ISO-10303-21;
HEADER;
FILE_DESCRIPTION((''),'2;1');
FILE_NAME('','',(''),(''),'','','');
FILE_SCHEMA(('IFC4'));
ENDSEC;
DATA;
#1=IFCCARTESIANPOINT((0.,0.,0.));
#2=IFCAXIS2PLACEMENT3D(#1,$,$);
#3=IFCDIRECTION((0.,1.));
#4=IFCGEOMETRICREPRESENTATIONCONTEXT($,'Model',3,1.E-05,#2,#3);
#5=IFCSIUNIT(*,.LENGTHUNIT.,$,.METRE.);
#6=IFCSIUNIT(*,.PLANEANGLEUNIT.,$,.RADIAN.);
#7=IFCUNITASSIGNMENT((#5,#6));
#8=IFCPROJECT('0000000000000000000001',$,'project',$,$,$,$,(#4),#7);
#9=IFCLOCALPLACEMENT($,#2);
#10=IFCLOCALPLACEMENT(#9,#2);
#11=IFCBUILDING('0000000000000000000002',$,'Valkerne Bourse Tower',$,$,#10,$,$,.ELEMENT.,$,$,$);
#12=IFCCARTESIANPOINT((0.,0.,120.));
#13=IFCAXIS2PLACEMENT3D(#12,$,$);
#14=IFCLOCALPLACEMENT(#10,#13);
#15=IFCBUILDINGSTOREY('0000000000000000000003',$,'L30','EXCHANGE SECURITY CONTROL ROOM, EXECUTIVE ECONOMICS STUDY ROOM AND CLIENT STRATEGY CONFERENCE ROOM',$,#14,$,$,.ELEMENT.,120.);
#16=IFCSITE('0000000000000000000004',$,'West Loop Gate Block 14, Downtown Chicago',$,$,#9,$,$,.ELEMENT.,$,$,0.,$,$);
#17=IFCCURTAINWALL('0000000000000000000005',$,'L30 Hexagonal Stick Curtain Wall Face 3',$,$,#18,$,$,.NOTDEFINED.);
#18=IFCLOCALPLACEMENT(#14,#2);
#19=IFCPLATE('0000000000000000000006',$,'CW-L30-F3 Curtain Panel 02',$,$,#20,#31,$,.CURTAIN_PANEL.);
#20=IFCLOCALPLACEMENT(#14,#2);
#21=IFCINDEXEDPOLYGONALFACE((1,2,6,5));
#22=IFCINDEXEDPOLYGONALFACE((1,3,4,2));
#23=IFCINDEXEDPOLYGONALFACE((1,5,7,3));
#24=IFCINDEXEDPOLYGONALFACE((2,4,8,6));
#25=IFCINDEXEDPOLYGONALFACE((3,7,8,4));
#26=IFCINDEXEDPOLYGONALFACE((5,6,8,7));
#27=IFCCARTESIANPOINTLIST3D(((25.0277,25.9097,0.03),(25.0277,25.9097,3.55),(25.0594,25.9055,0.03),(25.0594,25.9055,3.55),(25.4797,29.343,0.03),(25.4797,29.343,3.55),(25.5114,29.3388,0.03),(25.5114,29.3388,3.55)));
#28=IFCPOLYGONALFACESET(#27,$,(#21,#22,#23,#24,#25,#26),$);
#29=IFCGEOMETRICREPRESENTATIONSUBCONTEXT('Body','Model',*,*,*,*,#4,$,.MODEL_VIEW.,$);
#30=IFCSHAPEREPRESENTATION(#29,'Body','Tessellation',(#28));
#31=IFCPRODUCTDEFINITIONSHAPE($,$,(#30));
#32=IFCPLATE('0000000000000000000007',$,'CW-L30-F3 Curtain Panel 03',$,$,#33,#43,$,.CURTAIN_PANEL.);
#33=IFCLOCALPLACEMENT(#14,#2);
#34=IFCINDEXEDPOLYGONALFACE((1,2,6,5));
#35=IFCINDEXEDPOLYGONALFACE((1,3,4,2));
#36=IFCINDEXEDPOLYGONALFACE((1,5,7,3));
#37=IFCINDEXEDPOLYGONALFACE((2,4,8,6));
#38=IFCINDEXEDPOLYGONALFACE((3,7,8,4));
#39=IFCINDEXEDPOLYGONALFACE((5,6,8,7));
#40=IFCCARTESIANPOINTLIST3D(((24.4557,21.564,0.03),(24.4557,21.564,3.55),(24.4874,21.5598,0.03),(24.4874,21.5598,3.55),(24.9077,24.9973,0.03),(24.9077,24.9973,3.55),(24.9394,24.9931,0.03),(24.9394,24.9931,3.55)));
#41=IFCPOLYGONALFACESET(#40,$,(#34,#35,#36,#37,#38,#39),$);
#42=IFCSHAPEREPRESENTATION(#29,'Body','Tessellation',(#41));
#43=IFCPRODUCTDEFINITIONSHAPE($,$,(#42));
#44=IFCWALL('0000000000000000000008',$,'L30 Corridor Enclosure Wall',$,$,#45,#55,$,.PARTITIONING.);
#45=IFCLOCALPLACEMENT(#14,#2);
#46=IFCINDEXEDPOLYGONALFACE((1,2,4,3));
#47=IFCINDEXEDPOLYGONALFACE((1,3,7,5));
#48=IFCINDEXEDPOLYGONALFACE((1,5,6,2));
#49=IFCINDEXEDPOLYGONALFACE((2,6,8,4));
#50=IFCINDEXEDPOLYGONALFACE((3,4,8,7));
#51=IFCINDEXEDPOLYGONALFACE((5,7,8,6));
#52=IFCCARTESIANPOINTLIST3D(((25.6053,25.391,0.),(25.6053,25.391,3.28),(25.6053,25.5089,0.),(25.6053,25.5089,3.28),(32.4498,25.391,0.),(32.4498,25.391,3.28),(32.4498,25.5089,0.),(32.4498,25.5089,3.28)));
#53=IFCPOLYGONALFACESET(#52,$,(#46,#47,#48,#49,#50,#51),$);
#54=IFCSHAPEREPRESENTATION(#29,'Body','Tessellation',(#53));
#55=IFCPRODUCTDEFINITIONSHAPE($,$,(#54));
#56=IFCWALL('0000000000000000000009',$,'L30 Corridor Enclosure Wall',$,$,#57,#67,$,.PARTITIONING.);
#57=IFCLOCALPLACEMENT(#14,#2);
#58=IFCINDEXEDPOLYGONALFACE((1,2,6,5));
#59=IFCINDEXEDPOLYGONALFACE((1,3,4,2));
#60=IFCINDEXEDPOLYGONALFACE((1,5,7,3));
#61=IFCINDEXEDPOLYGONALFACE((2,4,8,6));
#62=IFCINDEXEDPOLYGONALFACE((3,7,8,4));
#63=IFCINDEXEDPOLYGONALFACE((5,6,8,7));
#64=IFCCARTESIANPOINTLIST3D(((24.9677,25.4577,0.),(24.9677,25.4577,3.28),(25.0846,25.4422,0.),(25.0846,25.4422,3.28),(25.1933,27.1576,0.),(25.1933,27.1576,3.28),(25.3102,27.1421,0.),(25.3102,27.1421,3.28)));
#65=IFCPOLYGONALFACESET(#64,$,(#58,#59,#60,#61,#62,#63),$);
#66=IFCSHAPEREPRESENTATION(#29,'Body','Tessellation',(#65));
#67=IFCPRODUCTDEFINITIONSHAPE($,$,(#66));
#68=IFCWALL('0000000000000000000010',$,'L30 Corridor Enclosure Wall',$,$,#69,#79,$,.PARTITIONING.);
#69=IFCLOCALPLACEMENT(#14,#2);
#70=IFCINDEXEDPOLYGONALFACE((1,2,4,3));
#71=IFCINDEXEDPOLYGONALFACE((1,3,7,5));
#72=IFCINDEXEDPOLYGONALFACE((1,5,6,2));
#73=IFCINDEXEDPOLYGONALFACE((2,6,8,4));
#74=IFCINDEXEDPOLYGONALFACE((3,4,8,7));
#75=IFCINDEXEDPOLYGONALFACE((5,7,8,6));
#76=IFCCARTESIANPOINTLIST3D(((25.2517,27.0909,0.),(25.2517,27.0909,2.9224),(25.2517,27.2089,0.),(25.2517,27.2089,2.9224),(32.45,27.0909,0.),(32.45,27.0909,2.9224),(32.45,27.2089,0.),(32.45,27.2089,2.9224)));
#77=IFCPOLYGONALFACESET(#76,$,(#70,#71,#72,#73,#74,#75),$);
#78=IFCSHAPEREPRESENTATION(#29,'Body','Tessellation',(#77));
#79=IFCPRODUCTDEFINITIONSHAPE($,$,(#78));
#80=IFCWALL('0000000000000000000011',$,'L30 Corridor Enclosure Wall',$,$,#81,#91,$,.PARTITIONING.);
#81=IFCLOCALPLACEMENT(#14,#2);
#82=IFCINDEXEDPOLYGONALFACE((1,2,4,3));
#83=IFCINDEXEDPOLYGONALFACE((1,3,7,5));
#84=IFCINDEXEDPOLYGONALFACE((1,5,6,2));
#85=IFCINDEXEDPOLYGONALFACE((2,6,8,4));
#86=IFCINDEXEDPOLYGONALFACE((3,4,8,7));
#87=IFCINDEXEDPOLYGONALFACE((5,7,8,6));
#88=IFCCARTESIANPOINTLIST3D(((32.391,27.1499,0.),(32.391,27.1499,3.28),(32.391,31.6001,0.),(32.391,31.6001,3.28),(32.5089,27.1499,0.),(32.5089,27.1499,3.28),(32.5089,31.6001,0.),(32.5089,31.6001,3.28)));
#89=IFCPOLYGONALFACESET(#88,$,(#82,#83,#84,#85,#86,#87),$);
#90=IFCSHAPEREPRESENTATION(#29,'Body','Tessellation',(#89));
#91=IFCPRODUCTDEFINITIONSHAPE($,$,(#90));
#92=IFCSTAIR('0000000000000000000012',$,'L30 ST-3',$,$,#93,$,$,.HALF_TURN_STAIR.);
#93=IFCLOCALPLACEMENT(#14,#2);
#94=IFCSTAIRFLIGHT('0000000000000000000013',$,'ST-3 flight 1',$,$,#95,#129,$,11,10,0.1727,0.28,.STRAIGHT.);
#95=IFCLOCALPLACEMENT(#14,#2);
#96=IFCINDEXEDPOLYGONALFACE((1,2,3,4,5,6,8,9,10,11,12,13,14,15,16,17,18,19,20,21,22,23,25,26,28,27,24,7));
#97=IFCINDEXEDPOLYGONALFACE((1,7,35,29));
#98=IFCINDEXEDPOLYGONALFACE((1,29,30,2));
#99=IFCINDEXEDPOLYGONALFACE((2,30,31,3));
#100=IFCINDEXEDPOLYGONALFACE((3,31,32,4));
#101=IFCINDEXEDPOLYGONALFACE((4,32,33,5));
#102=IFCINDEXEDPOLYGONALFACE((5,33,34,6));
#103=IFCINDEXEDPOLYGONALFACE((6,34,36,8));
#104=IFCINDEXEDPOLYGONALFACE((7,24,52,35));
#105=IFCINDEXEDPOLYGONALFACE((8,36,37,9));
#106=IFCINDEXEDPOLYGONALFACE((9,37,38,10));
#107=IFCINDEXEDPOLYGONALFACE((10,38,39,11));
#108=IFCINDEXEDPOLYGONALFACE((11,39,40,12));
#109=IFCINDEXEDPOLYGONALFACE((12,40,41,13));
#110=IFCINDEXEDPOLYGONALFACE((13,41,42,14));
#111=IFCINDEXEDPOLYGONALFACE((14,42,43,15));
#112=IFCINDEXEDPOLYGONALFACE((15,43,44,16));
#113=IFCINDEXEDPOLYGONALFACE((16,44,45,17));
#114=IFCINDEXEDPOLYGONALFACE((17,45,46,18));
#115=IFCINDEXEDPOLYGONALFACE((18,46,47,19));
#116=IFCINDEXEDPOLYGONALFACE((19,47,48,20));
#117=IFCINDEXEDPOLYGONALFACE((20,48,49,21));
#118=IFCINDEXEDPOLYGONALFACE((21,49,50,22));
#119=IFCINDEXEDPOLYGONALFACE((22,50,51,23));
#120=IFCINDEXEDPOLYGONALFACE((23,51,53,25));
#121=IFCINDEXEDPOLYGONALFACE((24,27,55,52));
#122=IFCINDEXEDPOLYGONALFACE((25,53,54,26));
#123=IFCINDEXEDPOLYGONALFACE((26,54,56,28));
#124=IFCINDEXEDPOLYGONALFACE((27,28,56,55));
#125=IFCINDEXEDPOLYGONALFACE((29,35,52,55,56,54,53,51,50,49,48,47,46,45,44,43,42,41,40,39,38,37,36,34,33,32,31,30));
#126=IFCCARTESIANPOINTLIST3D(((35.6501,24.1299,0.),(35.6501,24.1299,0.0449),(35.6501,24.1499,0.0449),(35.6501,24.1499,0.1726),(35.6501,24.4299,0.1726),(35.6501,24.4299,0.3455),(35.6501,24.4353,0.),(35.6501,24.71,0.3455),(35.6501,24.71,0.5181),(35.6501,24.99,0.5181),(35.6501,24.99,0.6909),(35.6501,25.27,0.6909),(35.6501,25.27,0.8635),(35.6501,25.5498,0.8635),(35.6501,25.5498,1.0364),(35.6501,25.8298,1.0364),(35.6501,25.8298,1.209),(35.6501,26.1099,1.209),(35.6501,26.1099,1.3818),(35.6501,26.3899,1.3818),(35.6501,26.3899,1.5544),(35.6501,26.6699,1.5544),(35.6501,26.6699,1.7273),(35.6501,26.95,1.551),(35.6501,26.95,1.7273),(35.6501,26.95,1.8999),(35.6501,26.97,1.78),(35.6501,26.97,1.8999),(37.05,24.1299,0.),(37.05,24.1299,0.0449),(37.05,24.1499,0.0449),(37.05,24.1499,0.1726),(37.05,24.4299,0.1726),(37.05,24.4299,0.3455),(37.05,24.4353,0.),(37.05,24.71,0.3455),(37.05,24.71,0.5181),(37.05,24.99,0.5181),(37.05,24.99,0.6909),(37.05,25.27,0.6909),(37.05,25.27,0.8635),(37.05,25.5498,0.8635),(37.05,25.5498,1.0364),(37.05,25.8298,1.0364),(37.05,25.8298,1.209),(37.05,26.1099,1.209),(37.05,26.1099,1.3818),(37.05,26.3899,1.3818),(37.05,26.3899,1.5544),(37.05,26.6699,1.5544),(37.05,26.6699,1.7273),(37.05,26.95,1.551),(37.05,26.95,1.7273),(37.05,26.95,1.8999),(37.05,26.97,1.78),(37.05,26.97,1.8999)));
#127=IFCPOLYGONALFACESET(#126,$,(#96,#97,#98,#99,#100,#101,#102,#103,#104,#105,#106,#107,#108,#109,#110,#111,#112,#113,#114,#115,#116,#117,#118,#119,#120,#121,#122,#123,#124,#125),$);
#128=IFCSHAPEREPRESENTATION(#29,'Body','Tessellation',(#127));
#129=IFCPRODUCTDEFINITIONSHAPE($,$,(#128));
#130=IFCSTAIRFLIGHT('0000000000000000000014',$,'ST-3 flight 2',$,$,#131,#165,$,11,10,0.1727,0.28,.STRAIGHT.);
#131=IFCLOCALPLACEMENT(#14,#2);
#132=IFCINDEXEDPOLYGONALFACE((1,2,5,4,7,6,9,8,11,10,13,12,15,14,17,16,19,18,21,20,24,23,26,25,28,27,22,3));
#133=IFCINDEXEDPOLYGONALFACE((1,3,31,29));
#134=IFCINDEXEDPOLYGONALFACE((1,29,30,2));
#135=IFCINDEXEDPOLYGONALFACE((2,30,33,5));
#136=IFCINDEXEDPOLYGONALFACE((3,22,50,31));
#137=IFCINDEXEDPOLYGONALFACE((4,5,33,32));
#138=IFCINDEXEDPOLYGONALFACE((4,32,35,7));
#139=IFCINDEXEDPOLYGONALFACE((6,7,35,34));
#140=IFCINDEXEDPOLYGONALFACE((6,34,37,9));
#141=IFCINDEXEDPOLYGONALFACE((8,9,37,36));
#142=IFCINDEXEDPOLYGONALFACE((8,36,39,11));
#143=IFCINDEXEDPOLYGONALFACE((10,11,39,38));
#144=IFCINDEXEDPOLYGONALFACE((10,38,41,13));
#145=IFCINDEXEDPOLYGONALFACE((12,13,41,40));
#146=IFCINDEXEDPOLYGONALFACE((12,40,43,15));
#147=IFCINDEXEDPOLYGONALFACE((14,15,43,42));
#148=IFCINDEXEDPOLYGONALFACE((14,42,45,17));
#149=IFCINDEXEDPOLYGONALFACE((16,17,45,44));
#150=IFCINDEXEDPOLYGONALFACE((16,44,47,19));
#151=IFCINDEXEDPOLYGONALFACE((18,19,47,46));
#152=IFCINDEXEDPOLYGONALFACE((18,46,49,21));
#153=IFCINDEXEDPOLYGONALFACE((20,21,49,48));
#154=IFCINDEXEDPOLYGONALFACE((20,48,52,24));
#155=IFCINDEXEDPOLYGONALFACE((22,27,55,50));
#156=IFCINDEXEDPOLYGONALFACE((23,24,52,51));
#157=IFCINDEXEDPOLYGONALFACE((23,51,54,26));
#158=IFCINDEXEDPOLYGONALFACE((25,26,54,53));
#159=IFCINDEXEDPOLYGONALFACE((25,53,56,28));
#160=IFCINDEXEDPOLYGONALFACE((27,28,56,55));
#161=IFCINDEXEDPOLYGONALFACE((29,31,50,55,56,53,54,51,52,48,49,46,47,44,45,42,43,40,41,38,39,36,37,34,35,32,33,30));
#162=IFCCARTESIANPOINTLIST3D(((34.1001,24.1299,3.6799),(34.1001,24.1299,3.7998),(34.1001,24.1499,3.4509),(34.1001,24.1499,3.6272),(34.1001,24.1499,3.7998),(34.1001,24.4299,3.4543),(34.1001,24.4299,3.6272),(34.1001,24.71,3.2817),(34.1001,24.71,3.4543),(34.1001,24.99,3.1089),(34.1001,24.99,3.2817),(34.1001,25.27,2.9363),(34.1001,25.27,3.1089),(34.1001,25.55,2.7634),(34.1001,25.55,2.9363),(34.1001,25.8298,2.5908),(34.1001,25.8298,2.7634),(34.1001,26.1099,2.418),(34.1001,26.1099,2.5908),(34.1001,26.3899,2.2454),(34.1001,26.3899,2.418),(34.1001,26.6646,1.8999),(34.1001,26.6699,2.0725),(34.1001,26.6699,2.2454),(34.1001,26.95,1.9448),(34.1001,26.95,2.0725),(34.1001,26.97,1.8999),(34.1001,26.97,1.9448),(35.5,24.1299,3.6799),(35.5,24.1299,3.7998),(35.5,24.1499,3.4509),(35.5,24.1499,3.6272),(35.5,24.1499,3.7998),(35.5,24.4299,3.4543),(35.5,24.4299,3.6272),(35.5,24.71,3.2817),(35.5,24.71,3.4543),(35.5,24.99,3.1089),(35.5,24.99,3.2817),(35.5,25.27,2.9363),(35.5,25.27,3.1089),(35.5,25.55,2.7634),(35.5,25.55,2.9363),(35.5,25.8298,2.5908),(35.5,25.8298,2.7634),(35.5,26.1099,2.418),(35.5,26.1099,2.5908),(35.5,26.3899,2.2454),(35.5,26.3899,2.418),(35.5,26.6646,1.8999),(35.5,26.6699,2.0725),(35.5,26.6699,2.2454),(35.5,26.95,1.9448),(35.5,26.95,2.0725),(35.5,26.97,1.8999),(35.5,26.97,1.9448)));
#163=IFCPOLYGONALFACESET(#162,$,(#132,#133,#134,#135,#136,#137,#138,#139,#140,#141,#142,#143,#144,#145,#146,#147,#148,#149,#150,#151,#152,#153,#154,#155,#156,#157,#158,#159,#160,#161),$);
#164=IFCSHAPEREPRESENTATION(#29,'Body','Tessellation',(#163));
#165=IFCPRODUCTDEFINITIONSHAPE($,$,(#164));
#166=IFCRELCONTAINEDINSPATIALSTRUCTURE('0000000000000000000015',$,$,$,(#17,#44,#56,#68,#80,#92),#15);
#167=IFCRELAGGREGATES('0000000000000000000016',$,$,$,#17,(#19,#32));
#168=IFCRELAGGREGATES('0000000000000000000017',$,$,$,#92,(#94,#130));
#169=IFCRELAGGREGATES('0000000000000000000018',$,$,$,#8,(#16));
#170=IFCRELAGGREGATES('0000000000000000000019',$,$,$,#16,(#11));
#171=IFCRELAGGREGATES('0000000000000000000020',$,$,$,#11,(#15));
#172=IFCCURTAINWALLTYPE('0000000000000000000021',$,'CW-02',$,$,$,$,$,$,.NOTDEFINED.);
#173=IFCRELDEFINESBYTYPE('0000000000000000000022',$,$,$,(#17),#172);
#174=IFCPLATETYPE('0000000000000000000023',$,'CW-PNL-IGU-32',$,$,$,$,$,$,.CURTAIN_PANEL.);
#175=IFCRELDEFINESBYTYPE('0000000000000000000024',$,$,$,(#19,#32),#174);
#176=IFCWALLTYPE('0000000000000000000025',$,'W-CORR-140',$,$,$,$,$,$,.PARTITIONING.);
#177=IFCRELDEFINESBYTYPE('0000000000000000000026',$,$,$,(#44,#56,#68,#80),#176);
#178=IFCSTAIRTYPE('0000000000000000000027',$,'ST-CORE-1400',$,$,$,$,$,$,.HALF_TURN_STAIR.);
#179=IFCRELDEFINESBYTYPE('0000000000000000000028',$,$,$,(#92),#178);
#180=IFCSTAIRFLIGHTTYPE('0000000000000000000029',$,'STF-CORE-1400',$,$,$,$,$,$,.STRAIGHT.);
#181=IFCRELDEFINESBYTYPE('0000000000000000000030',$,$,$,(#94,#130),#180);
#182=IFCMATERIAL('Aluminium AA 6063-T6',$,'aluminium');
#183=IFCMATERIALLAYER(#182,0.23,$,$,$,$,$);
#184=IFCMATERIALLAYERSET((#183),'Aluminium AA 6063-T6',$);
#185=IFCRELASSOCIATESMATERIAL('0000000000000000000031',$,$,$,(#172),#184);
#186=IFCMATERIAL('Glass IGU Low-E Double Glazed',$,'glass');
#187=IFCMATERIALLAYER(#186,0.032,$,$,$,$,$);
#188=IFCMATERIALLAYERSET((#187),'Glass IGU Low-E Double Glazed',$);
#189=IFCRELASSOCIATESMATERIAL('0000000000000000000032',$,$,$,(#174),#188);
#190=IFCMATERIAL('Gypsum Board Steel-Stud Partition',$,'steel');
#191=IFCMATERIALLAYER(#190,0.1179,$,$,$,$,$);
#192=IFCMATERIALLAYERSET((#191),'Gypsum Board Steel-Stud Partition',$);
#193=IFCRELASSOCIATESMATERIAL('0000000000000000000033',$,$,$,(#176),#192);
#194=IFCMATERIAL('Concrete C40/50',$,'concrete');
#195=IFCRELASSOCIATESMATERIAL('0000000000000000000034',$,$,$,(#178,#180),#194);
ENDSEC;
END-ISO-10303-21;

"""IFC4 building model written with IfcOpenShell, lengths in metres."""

from ifc_helpers import new_model, si_unit, direction, frame, frame_2d, origin, origin_2d, place, context, subcontext, project, spatial, polyline, rectangle, outline, extrude, material, layer, layer_set, type_object, element, aggregate, save


model = new_model("IFC4")

# Units and contexts
model_context = context("Model", 3, precision=1e-05, world=origin(), true_north=direction((0.0, 1.0)))
body_context = subcontext(model_context, "Body", "Model", "MODEL_VIEW")
ifc_project = project(units=[si_unit("LENGTHUNIT", "METRE"), si_unit("PLANEANGLEUNIT", "RADIAN")], contexts=[model_context])

# Site, building, storey
site_placement = place(None, origin())
site = spatial("IfcSite", under=ifc_project, at=site_placement, Name="West Loop Gate Block 14, Downtown Chicago", CompositionType="ELEMENT", RefElevation=0.0)
building_placement = place(site_placement, origin())
building = spatial("IfcBuilding", under=site, at=building_placement, Name="Valkerne Bourse Tower", CompositionType="ELEMENT")
storey_placement = place(building_placement, frame((0.0, 0.0, 120.0)))
storey = spatial("IfcBuildingStorey", under=building, at=storey_placement, Name="L30", Description="EXCHANGE SECURITY CONTROL ROOM, EXECUTIVE ECONOMICS STUDY ROOM AND CLIENT STRATEGY CONFERENCE ROOM", CompositionType="ELEMENT", Elevation=120.0)

# Curtain wall
ifc_material_1 = material(Name="Aluminium AA 6063-T6", Category="aluminium")
ifc_layer_1 = layer(ifc_material_1, 0.23)
ifc_layer_set_1 = layer_set([ifc_layer_1], Name="Aluminium AA 6063-T6")
curtain_wall_type = type_object("IfcCurtainWallType", Name="CW-02", PredefinedType="NOTDEFINED", material=ifc_layer_set_1)
curtain_wall_placement = place(storey_placement, origin())
curtain_wall = element("IfcCurtainWall", 1, at=curtain_wall_placement, inside=storey, type_object=curtain_wall_type, Name="L30 Hexagonal Stick Curtain Wall Face 3", PredefinedType="NOTDEFINED")

# Plates
ifc_material_2 = material(Name="Glass IGU Low-E Double Glazed", Category="glass")
ifc_layer_2 = layer(ifc_material_2, 0.032)
ifc_layer_set_2 = layer_set([ifc_layer_2], Name="Glass IGU Low-E Double Glazed")
plate_type = type_object("IfcPlateType", Name="CW-PNL-IGU-32", PredefinedType="CURTAIN_PANEL", material=ifc_layer_set_2)
plate_1_placement = place(storey_placement, frame((25.2695, 27.6243, 0.03), z_axis=(0.0, 0.0, 1.0), x_axis=(-0.130527, -0.991445, 0.0)))
plate_1 = element("IfcPlate", 2, at=plate_1_placement, type_object=plate_type, Name="CW-L30-F3 Curtain Panel 02", PredefinedType="CURTAIN_PANEL", context=body_context, shape_type="SweptSolid", body=[
    extrude(rectangle(XDim=3.4629, YDim=0.032, at=origin_2d()), origin(), (0.0, 0.0, 1.0), 3.52),
])
plate_2_placement = place(storey_placement, frame((24.6975, 23.2786, 0.03), z_axis=(0.0, 0.0, 1.0), x_axis=(-0.130527, -0.991445, 0.0)))
plate_2 = element("IfcPlate", 3, at=plate_2_placement, type_object=plate_type, Name="CW-L30-F3 Curtain Panel 03", PredefinedType="CURTAIN_PANEL", context=body_context, shape_type="SweptSolid", body=[
    extrude(rectangle(XDim=3.4629, YDim=0.032, at=origin_2d()), origin(), (0.0, 0.0, 1.0), 3.52),
])
aggregate(curtain_wall, [plate_1, plate_2])

# Walls
ifc_material_3 = material(Name="Gypsum Board Steel-Stud Partition", Category="steel")
ifc_layer_3 = layer(ifc_material_3, 0.1179)
ifc_layer_set_3 = layer_set([ifc_layer_3], Name="Gypsum Board Steel-Stud Partition")
wall_type = type_object("IfcWallType", Name="W-CORR-140", PredefinedType="PARTITIONING", material=ifc_layer_set_3)
wall_1_placement = place(storey_placement, frame((32.45, 25.45, 0.0), z_axis=(0.0, 0.0, 1.0), x_axis=(-1.0, 0.0, 0.0)))
element("IfcWall", 4, at=wall_1_placement, inside=storey, type_object=wall_type, Name="L30 Corridor Enclosure Wall", PredefinedType="PARTITIONING", context=body_context, shape_type="SweptSolid", body=[
    extrude(rectangle(XDim=6.8445, YDim=0.1179, at=frame_2d((3.4224, 0.0))), origin(), (0.0, 0.0, 1.0), 3.28),
])
wall_2_placement = place(storey_placement, frame((25.0261, 25.45, 0.0), z_axis=(0.0, 0.0, 1.0), x_axis=(0.131548, 0.99131, 0.0)))
element("IfcWall", 5, at=wall_2_placement, inside=storey, type_object=wall_type, Name="L30 Corridor Enclosure Wall", PredefinedType="PARTITIONING", context=body_context, shape_type="SweptSolid", body=[
    extrude(rectangle(XDim=1.7148, YDim=0.1179, at=frame_2d((0.8574, 0.0))), origin(), (0.0, 0.0, 1.0), 3.28),
])
wall_3_placement = place(storey_placement, frame((25.2517, 27.1499, 0.0), z_axis=(0.0, 0.0, 1.0), x_axis=(1.0, 0.0, 0.0)))
element("IfcWall", 6, at=wall_3_placement, inside=storey, type_object=wall_type, Name="L30 Corridor Enclosure Wall", PredefinedType="PARTITIONING", context=body_context, shape_type="SweptSolid", body=[
    extrude(rectangle(XDim=7.1982, YDim=0.1179, at=frame_2d((3.5991, 0.0))), origin(), (0.0, 0.0, 1.0), 2.9224),
])
wall_4_placement = place(storey_placement, frame((32.45, 27.1499, 0.0), z_axis=(0.0, 0.0, 1.0), x_axis=(0.0, 1.0, 0.0)))
element("IfcWall", 7, at=wall_4_placement, inside=storey, type_object=wall_type, Name="L30 Corridor Enclosure Wall", PredefinedType="PARTITIONING", context=body_context, shape_type="SweptSolid", body=[
    extrude(rectangle(XDim=4.4502, YDim=0.1179, at=frame_2d((2.2251, 0.0))), origin(), (0.0, 0.0, 1.0), 3.28),
])

# Stair, stair flights
ifc_material_4 = material(Name="Concrete C40/50", Category="concrete")
stair_type = type_object("IfcStairType", Name="ST-CORE-1400", PredefinedType="HALF_TURN_STAIR", material=ifc_material_4)
stair_placement = place(storey_placement, origin())
stair = element("IfcStair", 8, at=stair_placement, inside=storey, type_object=stair_type, Name="L30 ST-3", PredefinedType="HALF_TURN_STAIR")
stair_flight_type = type_object("IfcStairFlightType", Name="STF-CORE-1400", PredefinedType="STRAIGHT", material=ifc_material_4)
stair_flight_1_placement = place(storey_placement, frame((36.3501, 24.1499, 0.0), z_axis=(0.0, 0.0, 1.0), x_axis=(0.0, 1.0, 0.0)))
stair_flight_1 = element("IfcStairFlight", 9, at=stair_flight_1_placement, type_object=stair_flight_type, Name="ST-3 flight 1", NumberOfRisers=11, NumberOfTreads=10, PredefinedType="STRAIGHT", RiserHeight=0.1727, TreadLength=0.28, context=body_context, shape_type="SweptSolid", body=[
    extrude(outline(polyline([(-0.02, 0.0), (-0.02, 0.0449), (0.0, 0.0449), (0.0, 0.1726), (0.28, 0.1726), (0.28, 0.3455), (0.5601, 0.3455), (0.5601, 0.5181), (0.8401, 0.5181), (0.8401, 0.6909), (1.1201, 0.6909), (1.1201, 0.8635), (1.3999, 0.8635), (1.3999, 1.0364), (1.6799, 1.0364), (1.6799, 1.209), (1.96, 1.209), (1.96, 1.3818), (2.24, 1.3818), (2.24, 1.5544), (2.52, 1.5544), (2.52, 1.7273), (2.8, 1.7273), (2.8, 1.8999), (2.8201, 1.8999), (2.8201, 1.78), (2.8, 1.551), (0.2854, 0.0), (-0.02, 0.0)])), frame((0.0, 0.7, 0.0), z_axis=(0.0, -1.0, 0.0), x_axis=(1.0, 0.0, 0.0)), (0.0, 0.0, 1.0), 1.3999),
])
stair_flight_2_placement = place(storey_placement, frame((34.8, 26.95, 1.8999), z_axis=(0.0, 0.0, 1.0), x_axis=(0.0, -1.0, 0.0)))
stair_flight_2 = element("IfcStairFlight", 10, at=stair_flight_2_placement, type_object=stair_flight_type, Name="ST-3 flight 2", NumberOfRisers=11, NumberOfTreads=10, PredefinedType="STRAIGHT", RiserHeight=0.1727, TreadLength=0.28, context=body_context, shape_type="SweptSolid", body=[
    extrude(outline(polyline([(-0.02, 0.0), (-0.02, 0.0449), (0.0, 0.0449), (0.0, 0.1726), (0.28, 0.1726), (0.28, 0.3455), (0.5601, 0.3455), (0.5601, 0.5181), (0.8401, 0.5181), (0.8401, 0.6909), (1.1201, 0.6909), (1.1201, 0.8635), (1.3999, 0.8635), (1.3999, 1.0364), (1.6799, 1.0364), (1.6799, 1.209), (1.96, 1.209), (1.96, 1.3818), (2.24, 1.3818), (2.24, 1.5544), (2.52, 1.5544), (2.52, 1.7273), (2.8, 1.7273), (2.8, 1.8999), (2.8201, 1.8999), (2.8201, 1.78), (2.8, 1.551), (0.2854, 0.0), (-0.02, 0.0)])), frame((0.0, 0.7, 0.0), z_axis=(0.0, -1.0, 0.0), x_axis=(1.0, 0.0, 0.0)), (0.0, 0.0, 1.0), 1.3999),
])
aggregate(stair, [stair_flight_1, stair_flight_2])

save(model, "model.ifc")
